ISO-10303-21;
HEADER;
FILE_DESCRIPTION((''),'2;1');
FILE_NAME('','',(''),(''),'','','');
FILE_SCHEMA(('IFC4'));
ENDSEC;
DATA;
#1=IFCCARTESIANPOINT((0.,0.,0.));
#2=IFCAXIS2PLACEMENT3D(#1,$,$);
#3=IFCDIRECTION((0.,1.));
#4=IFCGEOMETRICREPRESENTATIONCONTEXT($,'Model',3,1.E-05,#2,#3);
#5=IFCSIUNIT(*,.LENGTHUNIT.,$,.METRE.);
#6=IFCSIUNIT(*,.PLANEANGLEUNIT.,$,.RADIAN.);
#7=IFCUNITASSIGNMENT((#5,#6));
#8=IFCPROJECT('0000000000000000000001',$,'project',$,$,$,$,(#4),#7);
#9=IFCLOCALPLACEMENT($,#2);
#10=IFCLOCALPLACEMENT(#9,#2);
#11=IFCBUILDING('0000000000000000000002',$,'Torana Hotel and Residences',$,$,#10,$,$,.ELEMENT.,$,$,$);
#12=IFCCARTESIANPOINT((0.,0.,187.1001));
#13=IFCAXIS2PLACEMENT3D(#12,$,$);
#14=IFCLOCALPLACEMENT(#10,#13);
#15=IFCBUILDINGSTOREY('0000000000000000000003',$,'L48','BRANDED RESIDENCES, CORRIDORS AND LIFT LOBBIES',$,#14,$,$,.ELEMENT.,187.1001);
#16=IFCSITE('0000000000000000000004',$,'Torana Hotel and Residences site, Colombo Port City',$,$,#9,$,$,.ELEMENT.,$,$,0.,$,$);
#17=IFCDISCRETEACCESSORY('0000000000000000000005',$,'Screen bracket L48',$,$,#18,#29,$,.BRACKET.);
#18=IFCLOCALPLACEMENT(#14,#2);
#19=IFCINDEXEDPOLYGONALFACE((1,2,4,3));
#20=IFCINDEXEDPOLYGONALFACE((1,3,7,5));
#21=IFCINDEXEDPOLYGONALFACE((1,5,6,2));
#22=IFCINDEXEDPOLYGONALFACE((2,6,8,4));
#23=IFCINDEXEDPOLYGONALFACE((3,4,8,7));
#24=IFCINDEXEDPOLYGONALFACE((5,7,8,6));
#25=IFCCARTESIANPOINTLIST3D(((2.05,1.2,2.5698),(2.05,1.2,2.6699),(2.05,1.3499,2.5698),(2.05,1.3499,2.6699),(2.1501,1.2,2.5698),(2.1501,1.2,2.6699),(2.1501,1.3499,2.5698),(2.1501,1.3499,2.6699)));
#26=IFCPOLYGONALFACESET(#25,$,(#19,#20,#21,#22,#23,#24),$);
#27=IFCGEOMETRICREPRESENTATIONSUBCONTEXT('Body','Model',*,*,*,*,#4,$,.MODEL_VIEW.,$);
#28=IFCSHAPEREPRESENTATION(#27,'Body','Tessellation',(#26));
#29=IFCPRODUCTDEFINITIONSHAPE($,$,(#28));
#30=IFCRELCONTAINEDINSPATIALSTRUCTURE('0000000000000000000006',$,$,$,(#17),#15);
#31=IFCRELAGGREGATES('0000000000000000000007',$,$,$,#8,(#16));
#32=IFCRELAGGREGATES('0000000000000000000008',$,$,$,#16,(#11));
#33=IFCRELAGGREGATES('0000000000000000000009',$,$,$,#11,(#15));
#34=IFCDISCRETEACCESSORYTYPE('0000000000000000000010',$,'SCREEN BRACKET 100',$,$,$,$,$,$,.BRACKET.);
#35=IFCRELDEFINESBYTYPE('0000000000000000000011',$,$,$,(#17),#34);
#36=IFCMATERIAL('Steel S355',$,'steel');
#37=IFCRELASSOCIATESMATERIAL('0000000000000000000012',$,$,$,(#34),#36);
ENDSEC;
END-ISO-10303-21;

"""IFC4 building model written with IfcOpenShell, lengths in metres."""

from ifc_helpers import new_model, si_unit, direction, frame, origin, origin_2d, place, context, subcontext, project, spatial, rectangle, extrude, material, type_object, element, save


model = new_model("IFC4")

# Units and contexts
model_context = context("Model", 3, precision=1e-05, world=origin(), true_north=direction((0.0, 1.0)))
body_context = subcontext(model_context, "Body", "Model", "MODEL_VIEW")
ifc_project = project(units=[si_unit("LENGTHUNIT", "METRE"), si_unit("PLANEANGLEUNIT", "RADIAN")], contexts=[model_context])

# Site, building, storey
site_placement = place(None, origin())
site = spatial("IfcSite", under=ifc_project, at=site_placement, Name="Torana Hotel and Residences site, Colombo Port City", CompositionType="ELEMENT", RefElevation=0.0)
building_placement = place(site_placement, origin())
building = spatial("IfcBuilding", under=site, at=building_placement, Name="Torana Hotel and Residences", CompositionType="ELEMENT")
storey_placement = place(building_placement, frame((0.0, 0.0, 187.1001)))
storey = spatial("IfcBuildingStorey", under=building, at=storey_placement, Name="L48", Description="BRANDED RESIDENCES, CORRIDORS AND LIFT LOBBIES", CompositionType="ELEMENT", Elevation=187.1001)

# Discrete accessory
ifc_material_1 = material(Name="Steel S355", Category="steel")
discrete_accessory_type = type_object("IfcDiscreteAccessoryType", Name="SCREEN BRACKET 100", PredefinedType="BRACKET", material=ifc_material_1)
for number, where, z_axis, x_axis, name in (
    (1, (2.1001, 1.2749, 2.5698), (0.0, 0.0, 1.0), (-1.0, 0.0, 0.0), "Screen bracket L48"),
):
    element("IfcDiscreteAccessory", number, at=place(storey_placement, frame(where, z_axis=z_axis, x_axis=x_axis)), inside=storey, type_object=discrete_accessory_type, Name=name, PredefinedType="BRACKET", context=body_context, shape_type="SweptSolid", body=[
        extrude(rectangle(XDim=0.1001, YDim=0.1499, at=origin_2d()), origin(), (0.0, 0.0, 1.0), 0.1001),
    ])

save(model, "model.ifc")
